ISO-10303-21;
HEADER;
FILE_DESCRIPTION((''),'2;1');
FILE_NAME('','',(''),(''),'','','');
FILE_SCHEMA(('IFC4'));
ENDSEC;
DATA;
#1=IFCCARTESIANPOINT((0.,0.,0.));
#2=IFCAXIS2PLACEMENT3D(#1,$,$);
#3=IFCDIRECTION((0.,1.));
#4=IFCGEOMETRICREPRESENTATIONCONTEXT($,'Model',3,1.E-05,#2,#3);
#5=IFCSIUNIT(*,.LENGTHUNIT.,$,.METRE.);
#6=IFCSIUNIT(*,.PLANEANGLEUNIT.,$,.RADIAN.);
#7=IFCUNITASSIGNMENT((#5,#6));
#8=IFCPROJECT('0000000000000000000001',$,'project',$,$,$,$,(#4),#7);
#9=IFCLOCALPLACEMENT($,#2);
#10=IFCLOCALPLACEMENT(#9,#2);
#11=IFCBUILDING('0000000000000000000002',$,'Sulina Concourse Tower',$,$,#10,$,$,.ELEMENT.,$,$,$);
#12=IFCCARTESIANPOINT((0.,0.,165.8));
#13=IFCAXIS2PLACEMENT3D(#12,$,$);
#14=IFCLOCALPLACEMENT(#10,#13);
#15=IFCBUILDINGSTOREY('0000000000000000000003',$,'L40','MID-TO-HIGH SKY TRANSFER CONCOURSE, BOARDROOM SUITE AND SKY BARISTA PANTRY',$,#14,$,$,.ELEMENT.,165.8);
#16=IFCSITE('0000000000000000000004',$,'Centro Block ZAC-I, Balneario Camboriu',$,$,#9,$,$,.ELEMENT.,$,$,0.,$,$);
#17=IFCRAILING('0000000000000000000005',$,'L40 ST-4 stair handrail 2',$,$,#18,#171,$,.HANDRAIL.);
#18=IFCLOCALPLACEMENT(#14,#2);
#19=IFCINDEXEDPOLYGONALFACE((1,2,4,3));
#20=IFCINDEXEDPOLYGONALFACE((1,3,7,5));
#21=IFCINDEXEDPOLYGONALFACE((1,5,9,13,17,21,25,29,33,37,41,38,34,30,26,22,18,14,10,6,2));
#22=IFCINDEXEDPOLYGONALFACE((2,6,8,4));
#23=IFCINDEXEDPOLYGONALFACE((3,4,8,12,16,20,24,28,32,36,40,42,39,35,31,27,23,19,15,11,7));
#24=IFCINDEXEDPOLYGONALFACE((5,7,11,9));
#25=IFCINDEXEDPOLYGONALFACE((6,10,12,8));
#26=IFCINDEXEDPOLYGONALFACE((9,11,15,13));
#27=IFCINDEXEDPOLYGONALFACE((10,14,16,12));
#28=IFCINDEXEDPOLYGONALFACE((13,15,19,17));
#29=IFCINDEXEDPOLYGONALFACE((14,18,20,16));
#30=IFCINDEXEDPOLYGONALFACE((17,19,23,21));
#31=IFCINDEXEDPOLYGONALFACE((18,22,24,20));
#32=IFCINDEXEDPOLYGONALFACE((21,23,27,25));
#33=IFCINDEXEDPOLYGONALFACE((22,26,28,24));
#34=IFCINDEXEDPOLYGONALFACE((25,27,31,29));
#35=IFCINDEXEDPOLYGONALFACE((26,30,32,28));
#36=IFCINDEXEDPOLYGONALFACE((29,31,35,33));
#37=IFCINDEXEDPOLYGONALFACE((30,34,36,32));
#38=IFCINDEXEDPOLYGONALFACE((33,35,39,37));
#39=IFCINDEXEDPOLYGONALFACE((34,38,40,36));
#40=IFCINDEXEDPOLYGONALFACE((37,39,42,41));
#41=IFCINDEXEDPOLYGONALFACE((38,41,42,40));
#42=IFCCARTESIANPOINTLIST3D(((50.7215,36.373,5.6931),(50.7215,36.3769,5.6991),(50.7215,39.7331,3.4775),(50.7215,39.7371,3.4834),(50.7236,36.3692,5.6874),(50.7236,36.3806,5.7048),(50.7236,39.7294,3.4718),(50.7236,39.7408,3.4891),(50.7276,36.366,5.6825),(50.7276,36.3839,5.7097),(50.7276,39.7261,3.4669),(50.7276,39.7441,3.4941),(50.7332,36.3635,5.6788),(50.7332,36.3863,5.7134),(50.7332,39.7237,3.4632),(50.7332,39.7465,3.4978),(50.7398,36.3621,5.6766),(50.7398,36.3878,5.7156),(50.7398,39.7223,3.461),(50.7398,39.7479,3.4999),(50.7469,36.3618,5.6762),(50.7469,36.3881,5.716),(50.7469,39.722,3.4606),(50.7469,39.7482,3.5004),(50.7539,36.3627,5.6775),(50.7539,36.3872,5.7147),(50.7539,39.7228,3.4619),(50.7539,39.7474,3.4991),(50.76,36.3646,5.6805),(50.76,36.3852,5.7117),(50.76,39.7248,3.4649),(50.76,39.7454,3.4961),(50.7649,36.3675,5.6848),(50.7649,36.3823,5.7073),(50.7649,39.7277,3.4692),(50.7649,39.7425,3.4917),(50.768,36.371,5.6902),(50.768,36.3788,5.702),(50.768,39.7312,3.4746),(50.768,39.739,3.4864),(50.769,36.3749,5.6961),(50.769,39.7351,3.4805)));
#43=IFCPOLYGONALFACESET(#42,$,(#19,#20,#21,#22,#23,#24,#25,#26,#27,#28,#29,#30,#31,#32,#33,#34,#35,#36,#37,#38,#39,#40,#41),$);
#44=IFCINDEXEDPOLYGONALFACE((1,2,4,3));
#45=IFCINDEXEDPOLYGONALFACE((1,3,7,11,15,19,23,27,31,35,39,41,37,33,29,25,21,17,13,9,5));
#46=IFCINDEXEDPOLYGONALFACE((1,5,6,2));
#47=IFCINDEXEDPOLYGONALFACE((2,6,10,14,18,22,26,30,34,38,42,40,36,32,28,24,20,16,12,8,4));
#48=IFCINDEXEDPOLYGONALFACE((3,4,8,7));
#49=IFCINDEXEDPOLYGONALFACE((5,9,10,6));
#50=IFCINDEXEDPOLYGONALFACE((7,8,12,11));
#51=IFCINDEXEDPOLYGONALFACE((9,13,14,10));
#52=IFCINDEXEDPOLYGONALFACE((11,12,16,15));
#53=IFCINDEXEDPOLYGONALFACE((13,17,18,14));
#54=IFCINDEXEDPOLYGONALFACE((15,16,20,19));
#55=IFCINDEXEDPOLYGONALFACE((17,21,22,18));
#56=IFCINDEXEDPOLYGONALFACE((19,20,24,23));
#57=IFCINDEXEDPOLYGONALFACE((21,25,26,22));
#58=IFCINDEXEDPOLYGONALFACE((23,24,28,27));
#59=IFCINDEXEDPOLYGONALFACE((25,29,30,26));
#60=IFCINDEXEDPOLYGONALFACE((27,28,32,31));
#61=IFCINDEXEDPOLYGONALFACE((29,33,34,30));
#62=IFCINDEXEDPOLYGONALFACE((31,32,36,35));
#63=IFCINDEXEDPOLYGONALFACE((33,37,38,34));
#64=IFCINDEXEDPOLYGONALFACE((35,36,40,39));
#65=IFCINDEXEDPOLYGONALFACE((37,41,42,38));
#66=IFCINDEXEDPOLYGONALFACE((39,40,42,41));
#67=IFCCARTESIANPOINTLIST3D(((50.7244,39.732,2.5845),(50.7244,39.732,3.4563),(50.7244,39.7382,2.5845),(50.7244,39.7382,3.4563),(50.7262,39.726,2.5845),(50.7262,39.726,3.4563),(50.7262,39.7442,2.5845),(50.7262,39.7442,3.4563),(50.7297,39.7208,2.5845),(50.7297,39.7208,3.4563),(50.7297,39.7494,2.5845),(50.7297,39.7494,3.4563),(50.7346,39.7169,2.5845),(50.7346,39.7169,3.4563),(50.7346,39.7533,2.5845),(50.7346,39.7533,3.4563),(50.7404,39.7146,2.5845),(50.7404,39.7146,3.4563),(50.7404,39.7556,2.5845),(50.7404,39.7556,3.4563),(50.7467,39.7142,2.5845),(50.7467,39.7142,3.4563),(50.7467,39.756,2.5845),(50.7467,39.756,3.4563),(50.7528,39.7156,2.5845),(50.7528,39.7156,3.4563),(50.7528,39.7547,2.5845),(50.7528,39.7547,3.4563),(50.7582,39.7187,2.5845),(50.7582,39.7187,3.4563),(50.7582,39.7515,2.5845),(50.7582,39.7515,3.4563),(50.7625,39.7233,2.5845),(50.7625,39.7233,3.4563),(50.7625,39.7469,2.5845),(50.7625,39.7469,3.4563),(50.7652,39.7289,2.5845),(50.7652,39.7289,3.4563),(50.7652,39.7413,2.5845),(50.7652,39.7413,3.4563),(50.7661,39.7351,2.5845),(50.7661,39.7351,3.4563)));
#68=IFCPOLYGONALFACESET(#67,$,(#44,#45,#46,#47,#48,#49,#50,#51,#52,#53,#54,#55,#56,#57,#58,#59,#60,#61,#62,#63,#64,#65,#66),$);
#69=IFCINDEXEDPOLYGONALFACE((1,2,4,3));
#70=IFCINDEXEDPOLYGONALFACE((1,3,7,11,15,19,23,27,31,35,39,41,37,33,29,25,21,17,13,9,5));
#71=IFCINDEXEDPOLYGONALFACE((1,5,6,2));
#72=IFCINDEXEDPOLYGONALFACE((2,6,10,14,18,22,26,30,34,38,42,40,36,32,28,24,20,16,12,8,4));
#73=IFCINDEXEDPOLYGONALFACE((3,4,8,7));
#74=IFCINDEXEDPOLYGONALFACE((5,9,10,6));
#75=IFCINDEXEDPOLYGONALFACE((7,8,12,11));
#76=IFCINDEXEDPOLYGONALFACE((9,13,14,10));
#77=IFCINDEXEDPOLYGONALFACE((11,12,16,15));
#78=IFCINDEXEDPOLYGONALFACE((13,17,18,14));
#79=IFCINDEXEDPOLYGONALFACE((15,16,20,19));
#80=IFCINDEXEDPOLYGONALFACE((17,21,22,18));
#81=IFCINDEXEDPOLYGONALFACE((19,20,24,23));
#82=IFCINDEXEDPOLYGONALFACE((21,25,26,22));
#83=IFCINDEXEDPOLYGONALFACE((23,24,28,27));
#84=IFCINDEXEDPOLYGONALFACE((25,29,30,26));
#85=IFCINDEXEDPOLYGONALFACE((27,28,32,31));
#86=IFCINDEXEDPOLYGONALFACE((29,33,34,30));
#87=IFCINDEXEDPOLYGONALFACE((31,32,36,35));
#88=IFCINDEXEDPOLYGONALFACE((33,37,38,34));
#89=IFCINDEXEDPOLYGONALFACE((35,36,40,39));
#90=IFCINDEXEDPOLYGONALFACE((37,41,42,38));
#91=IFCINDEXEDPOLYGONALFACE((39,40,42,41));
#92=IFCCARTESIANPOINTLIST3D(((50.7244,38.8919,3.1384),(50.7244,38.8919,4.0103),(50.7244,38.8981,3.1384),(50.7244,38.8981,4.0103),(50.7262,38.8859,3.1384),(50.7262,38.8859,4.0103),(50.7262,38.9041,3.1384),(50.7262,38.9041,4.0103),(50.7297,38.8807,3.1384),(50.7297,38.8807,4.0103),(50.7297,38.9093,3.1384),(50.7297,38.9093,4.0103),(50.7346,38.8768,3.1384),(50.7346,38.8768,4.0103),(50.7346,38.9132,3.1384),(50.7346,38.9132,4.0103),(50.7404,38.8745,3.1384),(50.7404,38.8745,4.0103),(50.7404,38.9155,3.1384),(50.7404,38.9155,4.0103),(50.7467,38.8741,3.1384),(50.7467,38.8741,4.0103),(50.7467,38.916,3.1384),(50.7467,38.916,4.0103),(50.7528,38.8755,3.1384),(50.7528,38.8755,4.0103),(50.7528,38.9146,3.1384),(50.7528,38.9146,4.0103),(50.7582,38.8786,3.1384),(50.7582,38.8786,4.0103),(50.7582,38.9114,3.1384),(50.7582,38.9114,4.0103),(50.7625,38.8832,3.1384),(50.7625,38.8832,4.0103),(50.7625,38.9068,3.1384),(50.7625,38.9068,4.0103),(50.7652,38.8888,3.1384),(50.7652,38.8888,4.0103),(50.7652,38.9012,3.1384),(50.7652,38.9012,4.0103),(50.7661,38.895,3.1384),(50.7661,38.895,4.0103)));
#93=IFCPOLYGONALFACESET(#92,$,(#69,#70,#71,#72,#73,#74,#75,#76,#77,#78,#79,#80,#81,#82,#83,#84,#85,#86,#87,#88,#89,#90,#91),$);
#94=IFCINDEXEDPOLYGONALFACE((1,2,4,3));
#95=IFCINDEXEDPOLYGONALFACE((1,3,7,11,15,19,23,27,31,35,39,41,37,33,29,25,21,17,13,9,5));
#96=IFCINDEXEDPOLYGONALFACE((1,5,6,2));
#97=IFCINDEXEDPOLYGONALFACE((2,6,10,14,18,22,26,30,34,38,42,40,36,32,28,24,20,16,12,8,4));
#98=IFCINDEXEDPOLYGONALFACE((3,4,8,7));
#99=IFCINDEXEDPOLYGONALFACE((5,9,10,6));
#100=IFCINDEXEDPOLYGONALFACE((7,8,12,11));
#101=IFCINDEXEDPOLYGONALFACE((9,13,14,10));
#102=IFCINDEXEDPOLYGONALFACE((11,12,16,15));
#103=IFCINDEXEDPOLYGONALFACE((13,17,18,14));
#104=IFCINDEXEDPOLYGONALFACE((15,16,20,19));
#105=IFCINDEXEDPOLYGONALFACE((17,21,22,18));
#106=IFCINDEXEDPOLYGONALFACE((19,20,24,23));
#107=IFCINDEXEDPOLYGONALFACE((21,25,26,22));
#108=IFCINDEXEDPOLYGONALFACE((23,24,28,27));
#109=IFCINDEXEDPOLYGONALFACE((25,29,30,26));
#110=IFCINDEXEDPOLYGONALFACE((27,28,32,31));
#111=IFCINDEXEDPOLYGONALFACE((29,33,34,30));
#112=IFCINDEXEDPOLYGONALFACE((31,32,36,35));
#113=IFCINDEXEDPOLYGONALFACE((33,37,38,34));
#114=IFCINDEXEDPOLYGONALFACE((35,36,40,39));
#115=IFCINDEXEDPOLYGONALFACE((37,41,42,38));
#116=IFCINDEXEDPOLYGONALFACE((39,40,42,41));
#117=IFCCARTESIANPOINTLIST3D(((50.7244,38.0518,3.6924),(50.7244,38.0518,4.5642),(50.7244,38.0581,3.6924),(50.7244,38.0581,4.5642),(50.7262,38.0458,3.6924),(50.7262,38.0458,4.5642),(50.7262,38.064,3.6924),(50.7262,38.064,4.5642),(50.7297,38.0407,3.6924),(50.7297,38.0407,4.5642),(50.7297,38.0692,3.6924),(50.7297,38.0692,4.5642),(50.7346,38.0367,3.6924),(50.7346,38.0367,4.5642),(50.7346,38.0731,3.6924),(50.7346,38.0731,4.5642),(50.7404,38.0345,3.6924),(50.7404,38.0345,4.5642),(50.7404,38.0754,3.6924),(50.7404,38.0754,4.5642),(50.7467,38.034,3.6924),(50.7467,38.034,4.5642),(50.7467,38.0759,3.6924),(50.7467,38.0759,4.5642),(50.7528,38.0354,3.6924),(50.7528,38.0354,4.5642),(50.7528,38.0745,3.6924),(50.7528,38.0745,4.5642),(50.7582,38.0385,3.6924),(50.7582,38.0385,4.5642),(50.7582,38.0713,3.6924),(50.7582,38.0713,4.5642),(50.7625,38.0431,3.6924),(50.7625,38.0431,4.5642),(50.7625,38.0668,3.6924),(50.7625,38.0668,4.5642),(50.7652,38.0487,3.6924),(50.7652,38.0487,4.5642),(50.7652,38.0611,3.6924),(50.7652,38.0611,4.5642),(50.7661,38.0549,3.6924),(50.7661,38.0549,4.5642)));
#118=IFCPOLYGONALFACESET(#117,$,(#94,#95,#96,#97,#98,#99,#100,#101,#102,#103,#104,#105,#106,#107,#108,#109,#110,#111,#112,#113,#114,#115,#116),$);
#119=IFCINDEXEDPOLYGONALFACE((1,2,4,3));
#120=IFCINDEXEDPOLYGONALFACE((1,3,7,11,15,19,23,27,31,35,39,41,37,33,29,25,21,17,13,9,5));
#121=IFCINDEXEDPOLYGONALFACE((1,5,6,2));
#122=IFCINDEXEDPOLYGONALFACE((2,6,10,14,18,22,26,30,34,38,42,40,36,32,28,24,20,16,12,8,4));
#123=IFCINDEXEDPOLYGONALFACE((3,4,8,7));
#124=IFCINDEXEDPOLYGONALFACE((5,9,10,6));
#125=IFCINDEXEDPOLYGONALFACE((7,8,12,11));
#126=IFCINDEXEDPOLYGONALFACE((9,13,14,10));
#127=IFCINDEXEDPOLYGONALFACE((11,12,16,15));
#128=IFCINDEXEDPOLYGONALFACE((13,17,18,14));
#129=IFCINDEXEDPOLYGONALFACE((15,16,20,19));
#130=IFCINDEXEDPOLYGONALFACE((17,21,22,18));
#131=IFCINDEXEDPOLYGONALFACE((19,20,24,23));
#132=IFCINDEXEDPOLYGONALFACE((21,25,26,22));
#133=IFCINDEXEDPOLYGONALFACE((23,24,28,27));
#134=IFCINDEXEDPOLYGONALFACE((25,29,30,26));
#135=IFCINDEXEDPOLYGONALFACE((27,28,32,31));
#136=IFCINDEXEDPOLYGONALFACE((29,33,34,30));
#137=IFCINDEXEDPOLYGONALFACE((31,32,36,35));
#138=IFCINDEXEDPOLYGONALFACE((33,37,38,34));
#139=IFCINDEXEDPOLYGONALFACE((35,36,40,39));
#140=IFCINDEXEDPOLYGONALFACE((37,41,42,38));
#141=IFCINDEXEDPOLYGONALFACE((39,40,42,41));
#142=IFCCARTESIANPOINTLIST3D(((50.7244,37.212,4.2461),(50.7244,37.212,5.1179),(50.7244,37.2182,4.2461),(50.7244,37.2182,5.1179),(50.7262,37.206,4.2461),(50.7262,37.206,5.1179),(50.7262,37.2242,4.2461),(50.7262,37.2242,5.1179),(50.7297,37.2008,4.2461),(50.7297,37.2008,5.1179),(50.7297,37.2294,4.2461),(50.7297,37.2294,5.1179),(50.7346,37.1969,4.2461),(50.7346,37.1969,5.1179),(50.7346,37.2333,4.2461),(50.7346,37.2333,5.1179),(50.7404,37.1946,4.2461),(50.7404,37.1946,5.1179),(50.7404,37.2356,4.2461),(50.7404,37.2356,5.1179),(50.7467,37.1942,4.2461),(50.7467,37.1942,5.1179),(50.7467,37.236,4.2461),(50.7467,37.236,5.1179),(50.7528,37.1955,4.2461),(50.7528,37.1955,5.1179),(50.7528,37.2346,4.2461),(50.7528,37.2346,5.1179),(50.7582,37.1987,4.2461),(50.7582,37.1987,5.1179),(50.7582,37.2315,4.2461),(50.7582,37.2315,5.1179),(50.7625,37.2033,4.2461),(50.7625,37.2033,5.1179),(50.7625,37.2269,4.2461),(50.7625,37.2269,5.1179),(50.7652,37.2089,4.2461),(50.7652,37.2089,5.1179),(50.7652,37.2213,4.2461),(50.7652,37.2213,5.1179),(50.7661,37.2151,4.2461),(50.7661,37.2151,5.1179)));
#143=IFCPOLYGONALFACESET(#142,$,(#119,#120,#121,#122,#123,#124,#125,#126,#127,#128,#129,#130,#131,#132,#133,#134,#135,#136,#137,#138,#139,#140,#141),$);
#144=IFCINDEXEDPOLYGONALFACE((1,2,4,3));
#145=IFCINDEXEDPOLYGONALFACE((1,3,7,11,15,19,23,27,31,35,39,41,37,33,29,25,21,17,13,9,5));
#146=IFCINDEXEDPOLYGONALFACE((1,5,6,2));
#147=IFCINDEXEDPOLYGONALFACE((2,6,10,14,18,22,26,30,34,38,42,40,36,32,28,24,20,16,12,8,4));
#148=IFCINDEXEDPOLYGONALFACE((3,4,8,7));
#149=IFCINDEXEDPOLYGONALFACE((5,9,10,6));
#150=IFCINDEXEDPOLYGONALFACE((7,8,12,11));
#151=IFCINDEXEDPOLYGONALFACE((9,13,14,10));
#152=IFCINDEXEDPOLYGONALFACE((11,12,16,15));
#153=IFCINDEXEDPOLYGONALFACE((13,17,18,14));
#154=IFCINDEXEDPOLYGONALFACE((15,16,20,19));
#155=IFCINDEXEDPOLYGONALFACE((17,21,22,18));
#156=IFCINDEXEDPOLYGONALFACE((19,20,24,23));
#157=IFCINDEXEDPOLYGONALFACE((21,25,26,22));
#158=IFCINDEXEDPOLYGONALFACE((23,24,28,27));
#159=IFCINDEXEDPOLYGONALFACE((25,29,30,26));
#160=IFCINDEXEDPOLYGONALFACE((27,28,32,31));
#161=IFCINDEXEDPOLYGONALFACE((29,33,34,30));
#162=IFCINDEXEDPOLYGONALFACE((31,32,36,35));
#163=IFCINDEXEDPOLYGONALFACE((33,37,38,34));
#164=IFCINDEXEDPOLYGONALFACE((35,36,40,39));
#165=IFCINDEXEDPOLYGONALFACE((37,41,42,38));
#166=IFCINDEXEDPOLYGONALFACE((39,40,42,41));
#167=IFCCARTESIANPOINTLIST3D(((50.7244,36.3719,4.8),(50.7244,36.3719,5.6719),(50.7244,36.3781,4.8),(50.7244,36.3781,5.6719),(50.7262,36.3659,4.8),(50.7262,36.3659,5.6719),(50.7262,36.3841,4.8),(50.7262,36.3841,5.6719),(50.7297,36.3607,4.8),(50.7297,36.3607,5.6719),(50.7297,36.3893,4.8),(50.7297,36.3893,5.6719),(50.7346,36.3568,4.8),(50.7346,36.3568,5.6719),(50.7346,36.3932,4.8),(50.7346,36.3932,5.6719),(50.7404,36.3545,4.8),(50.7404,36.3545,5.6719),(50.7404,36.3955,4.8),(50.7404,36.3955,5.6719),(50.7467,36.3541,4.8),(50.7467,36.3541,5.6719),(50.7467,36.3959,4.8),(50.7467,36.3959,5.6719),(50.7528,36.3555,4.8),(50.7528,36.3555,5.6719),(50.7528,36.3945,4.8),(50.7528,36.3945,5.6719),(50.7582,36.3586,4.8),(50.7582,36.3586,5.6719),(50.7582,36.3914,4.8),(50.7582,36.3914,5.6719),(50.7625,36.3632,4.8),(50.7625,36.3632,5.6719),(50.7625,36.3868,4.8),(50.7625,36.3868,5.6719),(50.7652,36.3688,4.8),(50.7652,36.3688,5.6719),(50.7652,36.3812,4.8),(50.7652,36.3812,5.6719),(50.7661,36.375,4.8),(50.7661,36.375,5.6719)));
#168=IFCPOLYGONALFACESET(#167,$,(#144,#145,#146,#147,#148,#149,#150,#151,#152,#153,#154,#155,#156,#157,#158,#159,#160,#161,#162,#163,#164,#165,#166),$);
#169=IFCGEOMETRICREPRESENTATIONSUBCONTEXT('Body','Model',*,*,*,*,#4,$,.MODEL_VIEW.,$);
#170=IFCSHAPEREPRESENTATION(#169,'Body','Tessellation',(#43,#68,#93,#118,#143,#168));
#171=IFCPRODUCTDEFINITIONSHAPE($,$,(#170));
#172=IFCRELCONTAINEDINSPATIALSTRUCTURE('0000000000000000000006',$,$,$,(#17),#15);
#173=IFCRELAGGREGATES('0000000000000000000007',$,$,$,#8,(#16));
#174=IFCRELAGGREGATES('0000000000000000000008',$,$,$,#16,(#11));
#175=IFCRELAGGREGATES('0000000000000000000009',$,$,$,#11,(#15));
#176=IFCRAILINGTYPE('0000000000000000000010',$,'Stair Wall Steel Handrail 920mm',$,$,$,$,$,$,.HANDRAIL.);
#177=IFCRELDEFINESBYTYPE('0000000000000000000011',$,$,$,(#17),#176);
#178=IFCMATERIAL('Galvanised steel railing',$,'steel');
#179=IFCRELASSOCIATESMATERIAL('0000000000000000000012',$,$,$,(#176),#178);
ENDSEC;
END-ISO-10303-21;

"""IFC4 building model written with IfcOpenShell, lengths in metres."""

from ifc_helpers import new_model, si_unit, direction, frame, origin, origin_2d, place, context, subcontext, project, spatial, circle, extrude, material, type_object, element, save


model = new_model("IFC4")

# Units and contexts
model_context = context("Model", 3, precision=1e-05, world=origin(), true_north=direction((0.0, 1.0)))
body_context = subcontext(model_context, "Body", "Model", "MODEL_VIEW")
ifc_project = project(units=[si_unit("LENGTHUNIT", "METRE"), si_unit("PLANEANGLEUNIT", "RADIAN")], contexts=[model_context])

# Site, building, storey
site_placement = place(None, origin())
site = spatial("IfcSite", under=ifc_project, at=site_placement, Name="Centro Block ZAC-I, Balneario Camboriu", CompositionType="ELEMENT", RefElevation=0.0)
building_placement = place(site_placement, origin())
building = spatial("IfcBuilding", under=site, at=building_placement, Name="Sulina Concourse Tower", CompositionType="ELEMENT")
storey_placement = place(building_placement, frame((0.0, 0.0, 165.8)))
storey = spatial("IfcBuildingStorey", under=building, at=storey_placement, Name="L40", Description="MID-TO-HIGH SKY TRANSFER CONCOURSE, BOARDROOM SUITE AND SKY BARISTA PANTRY", CompositionType="ELEMENT", Elevation=165.8)

# Railing
ifc_material_1 = material(Name="Galvanised steel railing", Category="steel")
railing_type_1 = type_object("IfcRailingType", Name="Stair Wall Steel Handrail 920mm", PredefinedType="HANDRAIL", material=ifc_material_1)
railing_1_placement = place(storey_placement, frame((50.7451, 39.7351, 2.5845)))
element("IfcRailing", 1, at=railing_1_placement, inside=storey, type_object=railing_type_1, Name="L40 ST-4 stair handrail 2", PredefinedType="HANDRAIL", context=body_context, shape_type="SweptSolid", body=[
    extrude(circle(Radius=0.0239, at=origin_2d()), frame((0.0, 0.0, 0.896), z_axis=(0.0, -0.834849, 0.55048), x_axis=(1.0, 0.0, 0.0)), (0.0, 0.0, 1.0), 4.0249),
    extrude(circle(Radius=0.021, at=origin_2d()), origin(), (0.0, 0.0, 1.0), 0.8718),
    extrude(circle(Radius=0.021, at=origin_2d()), frame((0.0, -0.8401, 0.554)), (0.0, 0.0, 1.0), 0.8718),
    extrude(circle(Radius=0.021, at=origin_2d()), frame((0.0, -1.6802, 1.1079)), (0.0, 0.0, 1.0), 0.8718),
    extrude(circle(Radius=0.021, at=origin_2d()), frame((0.0, -2.52, 1.6616)), (0.0, 0.0, 1.0), 0.8718),
    extrude(circle(Radius=0.021, at=origin_2d()), frame((0.0, -3.3601, 2.2156)), (0.0, 0.0, 1.0), 0.8718),
])

save(model, "model.ifc")
